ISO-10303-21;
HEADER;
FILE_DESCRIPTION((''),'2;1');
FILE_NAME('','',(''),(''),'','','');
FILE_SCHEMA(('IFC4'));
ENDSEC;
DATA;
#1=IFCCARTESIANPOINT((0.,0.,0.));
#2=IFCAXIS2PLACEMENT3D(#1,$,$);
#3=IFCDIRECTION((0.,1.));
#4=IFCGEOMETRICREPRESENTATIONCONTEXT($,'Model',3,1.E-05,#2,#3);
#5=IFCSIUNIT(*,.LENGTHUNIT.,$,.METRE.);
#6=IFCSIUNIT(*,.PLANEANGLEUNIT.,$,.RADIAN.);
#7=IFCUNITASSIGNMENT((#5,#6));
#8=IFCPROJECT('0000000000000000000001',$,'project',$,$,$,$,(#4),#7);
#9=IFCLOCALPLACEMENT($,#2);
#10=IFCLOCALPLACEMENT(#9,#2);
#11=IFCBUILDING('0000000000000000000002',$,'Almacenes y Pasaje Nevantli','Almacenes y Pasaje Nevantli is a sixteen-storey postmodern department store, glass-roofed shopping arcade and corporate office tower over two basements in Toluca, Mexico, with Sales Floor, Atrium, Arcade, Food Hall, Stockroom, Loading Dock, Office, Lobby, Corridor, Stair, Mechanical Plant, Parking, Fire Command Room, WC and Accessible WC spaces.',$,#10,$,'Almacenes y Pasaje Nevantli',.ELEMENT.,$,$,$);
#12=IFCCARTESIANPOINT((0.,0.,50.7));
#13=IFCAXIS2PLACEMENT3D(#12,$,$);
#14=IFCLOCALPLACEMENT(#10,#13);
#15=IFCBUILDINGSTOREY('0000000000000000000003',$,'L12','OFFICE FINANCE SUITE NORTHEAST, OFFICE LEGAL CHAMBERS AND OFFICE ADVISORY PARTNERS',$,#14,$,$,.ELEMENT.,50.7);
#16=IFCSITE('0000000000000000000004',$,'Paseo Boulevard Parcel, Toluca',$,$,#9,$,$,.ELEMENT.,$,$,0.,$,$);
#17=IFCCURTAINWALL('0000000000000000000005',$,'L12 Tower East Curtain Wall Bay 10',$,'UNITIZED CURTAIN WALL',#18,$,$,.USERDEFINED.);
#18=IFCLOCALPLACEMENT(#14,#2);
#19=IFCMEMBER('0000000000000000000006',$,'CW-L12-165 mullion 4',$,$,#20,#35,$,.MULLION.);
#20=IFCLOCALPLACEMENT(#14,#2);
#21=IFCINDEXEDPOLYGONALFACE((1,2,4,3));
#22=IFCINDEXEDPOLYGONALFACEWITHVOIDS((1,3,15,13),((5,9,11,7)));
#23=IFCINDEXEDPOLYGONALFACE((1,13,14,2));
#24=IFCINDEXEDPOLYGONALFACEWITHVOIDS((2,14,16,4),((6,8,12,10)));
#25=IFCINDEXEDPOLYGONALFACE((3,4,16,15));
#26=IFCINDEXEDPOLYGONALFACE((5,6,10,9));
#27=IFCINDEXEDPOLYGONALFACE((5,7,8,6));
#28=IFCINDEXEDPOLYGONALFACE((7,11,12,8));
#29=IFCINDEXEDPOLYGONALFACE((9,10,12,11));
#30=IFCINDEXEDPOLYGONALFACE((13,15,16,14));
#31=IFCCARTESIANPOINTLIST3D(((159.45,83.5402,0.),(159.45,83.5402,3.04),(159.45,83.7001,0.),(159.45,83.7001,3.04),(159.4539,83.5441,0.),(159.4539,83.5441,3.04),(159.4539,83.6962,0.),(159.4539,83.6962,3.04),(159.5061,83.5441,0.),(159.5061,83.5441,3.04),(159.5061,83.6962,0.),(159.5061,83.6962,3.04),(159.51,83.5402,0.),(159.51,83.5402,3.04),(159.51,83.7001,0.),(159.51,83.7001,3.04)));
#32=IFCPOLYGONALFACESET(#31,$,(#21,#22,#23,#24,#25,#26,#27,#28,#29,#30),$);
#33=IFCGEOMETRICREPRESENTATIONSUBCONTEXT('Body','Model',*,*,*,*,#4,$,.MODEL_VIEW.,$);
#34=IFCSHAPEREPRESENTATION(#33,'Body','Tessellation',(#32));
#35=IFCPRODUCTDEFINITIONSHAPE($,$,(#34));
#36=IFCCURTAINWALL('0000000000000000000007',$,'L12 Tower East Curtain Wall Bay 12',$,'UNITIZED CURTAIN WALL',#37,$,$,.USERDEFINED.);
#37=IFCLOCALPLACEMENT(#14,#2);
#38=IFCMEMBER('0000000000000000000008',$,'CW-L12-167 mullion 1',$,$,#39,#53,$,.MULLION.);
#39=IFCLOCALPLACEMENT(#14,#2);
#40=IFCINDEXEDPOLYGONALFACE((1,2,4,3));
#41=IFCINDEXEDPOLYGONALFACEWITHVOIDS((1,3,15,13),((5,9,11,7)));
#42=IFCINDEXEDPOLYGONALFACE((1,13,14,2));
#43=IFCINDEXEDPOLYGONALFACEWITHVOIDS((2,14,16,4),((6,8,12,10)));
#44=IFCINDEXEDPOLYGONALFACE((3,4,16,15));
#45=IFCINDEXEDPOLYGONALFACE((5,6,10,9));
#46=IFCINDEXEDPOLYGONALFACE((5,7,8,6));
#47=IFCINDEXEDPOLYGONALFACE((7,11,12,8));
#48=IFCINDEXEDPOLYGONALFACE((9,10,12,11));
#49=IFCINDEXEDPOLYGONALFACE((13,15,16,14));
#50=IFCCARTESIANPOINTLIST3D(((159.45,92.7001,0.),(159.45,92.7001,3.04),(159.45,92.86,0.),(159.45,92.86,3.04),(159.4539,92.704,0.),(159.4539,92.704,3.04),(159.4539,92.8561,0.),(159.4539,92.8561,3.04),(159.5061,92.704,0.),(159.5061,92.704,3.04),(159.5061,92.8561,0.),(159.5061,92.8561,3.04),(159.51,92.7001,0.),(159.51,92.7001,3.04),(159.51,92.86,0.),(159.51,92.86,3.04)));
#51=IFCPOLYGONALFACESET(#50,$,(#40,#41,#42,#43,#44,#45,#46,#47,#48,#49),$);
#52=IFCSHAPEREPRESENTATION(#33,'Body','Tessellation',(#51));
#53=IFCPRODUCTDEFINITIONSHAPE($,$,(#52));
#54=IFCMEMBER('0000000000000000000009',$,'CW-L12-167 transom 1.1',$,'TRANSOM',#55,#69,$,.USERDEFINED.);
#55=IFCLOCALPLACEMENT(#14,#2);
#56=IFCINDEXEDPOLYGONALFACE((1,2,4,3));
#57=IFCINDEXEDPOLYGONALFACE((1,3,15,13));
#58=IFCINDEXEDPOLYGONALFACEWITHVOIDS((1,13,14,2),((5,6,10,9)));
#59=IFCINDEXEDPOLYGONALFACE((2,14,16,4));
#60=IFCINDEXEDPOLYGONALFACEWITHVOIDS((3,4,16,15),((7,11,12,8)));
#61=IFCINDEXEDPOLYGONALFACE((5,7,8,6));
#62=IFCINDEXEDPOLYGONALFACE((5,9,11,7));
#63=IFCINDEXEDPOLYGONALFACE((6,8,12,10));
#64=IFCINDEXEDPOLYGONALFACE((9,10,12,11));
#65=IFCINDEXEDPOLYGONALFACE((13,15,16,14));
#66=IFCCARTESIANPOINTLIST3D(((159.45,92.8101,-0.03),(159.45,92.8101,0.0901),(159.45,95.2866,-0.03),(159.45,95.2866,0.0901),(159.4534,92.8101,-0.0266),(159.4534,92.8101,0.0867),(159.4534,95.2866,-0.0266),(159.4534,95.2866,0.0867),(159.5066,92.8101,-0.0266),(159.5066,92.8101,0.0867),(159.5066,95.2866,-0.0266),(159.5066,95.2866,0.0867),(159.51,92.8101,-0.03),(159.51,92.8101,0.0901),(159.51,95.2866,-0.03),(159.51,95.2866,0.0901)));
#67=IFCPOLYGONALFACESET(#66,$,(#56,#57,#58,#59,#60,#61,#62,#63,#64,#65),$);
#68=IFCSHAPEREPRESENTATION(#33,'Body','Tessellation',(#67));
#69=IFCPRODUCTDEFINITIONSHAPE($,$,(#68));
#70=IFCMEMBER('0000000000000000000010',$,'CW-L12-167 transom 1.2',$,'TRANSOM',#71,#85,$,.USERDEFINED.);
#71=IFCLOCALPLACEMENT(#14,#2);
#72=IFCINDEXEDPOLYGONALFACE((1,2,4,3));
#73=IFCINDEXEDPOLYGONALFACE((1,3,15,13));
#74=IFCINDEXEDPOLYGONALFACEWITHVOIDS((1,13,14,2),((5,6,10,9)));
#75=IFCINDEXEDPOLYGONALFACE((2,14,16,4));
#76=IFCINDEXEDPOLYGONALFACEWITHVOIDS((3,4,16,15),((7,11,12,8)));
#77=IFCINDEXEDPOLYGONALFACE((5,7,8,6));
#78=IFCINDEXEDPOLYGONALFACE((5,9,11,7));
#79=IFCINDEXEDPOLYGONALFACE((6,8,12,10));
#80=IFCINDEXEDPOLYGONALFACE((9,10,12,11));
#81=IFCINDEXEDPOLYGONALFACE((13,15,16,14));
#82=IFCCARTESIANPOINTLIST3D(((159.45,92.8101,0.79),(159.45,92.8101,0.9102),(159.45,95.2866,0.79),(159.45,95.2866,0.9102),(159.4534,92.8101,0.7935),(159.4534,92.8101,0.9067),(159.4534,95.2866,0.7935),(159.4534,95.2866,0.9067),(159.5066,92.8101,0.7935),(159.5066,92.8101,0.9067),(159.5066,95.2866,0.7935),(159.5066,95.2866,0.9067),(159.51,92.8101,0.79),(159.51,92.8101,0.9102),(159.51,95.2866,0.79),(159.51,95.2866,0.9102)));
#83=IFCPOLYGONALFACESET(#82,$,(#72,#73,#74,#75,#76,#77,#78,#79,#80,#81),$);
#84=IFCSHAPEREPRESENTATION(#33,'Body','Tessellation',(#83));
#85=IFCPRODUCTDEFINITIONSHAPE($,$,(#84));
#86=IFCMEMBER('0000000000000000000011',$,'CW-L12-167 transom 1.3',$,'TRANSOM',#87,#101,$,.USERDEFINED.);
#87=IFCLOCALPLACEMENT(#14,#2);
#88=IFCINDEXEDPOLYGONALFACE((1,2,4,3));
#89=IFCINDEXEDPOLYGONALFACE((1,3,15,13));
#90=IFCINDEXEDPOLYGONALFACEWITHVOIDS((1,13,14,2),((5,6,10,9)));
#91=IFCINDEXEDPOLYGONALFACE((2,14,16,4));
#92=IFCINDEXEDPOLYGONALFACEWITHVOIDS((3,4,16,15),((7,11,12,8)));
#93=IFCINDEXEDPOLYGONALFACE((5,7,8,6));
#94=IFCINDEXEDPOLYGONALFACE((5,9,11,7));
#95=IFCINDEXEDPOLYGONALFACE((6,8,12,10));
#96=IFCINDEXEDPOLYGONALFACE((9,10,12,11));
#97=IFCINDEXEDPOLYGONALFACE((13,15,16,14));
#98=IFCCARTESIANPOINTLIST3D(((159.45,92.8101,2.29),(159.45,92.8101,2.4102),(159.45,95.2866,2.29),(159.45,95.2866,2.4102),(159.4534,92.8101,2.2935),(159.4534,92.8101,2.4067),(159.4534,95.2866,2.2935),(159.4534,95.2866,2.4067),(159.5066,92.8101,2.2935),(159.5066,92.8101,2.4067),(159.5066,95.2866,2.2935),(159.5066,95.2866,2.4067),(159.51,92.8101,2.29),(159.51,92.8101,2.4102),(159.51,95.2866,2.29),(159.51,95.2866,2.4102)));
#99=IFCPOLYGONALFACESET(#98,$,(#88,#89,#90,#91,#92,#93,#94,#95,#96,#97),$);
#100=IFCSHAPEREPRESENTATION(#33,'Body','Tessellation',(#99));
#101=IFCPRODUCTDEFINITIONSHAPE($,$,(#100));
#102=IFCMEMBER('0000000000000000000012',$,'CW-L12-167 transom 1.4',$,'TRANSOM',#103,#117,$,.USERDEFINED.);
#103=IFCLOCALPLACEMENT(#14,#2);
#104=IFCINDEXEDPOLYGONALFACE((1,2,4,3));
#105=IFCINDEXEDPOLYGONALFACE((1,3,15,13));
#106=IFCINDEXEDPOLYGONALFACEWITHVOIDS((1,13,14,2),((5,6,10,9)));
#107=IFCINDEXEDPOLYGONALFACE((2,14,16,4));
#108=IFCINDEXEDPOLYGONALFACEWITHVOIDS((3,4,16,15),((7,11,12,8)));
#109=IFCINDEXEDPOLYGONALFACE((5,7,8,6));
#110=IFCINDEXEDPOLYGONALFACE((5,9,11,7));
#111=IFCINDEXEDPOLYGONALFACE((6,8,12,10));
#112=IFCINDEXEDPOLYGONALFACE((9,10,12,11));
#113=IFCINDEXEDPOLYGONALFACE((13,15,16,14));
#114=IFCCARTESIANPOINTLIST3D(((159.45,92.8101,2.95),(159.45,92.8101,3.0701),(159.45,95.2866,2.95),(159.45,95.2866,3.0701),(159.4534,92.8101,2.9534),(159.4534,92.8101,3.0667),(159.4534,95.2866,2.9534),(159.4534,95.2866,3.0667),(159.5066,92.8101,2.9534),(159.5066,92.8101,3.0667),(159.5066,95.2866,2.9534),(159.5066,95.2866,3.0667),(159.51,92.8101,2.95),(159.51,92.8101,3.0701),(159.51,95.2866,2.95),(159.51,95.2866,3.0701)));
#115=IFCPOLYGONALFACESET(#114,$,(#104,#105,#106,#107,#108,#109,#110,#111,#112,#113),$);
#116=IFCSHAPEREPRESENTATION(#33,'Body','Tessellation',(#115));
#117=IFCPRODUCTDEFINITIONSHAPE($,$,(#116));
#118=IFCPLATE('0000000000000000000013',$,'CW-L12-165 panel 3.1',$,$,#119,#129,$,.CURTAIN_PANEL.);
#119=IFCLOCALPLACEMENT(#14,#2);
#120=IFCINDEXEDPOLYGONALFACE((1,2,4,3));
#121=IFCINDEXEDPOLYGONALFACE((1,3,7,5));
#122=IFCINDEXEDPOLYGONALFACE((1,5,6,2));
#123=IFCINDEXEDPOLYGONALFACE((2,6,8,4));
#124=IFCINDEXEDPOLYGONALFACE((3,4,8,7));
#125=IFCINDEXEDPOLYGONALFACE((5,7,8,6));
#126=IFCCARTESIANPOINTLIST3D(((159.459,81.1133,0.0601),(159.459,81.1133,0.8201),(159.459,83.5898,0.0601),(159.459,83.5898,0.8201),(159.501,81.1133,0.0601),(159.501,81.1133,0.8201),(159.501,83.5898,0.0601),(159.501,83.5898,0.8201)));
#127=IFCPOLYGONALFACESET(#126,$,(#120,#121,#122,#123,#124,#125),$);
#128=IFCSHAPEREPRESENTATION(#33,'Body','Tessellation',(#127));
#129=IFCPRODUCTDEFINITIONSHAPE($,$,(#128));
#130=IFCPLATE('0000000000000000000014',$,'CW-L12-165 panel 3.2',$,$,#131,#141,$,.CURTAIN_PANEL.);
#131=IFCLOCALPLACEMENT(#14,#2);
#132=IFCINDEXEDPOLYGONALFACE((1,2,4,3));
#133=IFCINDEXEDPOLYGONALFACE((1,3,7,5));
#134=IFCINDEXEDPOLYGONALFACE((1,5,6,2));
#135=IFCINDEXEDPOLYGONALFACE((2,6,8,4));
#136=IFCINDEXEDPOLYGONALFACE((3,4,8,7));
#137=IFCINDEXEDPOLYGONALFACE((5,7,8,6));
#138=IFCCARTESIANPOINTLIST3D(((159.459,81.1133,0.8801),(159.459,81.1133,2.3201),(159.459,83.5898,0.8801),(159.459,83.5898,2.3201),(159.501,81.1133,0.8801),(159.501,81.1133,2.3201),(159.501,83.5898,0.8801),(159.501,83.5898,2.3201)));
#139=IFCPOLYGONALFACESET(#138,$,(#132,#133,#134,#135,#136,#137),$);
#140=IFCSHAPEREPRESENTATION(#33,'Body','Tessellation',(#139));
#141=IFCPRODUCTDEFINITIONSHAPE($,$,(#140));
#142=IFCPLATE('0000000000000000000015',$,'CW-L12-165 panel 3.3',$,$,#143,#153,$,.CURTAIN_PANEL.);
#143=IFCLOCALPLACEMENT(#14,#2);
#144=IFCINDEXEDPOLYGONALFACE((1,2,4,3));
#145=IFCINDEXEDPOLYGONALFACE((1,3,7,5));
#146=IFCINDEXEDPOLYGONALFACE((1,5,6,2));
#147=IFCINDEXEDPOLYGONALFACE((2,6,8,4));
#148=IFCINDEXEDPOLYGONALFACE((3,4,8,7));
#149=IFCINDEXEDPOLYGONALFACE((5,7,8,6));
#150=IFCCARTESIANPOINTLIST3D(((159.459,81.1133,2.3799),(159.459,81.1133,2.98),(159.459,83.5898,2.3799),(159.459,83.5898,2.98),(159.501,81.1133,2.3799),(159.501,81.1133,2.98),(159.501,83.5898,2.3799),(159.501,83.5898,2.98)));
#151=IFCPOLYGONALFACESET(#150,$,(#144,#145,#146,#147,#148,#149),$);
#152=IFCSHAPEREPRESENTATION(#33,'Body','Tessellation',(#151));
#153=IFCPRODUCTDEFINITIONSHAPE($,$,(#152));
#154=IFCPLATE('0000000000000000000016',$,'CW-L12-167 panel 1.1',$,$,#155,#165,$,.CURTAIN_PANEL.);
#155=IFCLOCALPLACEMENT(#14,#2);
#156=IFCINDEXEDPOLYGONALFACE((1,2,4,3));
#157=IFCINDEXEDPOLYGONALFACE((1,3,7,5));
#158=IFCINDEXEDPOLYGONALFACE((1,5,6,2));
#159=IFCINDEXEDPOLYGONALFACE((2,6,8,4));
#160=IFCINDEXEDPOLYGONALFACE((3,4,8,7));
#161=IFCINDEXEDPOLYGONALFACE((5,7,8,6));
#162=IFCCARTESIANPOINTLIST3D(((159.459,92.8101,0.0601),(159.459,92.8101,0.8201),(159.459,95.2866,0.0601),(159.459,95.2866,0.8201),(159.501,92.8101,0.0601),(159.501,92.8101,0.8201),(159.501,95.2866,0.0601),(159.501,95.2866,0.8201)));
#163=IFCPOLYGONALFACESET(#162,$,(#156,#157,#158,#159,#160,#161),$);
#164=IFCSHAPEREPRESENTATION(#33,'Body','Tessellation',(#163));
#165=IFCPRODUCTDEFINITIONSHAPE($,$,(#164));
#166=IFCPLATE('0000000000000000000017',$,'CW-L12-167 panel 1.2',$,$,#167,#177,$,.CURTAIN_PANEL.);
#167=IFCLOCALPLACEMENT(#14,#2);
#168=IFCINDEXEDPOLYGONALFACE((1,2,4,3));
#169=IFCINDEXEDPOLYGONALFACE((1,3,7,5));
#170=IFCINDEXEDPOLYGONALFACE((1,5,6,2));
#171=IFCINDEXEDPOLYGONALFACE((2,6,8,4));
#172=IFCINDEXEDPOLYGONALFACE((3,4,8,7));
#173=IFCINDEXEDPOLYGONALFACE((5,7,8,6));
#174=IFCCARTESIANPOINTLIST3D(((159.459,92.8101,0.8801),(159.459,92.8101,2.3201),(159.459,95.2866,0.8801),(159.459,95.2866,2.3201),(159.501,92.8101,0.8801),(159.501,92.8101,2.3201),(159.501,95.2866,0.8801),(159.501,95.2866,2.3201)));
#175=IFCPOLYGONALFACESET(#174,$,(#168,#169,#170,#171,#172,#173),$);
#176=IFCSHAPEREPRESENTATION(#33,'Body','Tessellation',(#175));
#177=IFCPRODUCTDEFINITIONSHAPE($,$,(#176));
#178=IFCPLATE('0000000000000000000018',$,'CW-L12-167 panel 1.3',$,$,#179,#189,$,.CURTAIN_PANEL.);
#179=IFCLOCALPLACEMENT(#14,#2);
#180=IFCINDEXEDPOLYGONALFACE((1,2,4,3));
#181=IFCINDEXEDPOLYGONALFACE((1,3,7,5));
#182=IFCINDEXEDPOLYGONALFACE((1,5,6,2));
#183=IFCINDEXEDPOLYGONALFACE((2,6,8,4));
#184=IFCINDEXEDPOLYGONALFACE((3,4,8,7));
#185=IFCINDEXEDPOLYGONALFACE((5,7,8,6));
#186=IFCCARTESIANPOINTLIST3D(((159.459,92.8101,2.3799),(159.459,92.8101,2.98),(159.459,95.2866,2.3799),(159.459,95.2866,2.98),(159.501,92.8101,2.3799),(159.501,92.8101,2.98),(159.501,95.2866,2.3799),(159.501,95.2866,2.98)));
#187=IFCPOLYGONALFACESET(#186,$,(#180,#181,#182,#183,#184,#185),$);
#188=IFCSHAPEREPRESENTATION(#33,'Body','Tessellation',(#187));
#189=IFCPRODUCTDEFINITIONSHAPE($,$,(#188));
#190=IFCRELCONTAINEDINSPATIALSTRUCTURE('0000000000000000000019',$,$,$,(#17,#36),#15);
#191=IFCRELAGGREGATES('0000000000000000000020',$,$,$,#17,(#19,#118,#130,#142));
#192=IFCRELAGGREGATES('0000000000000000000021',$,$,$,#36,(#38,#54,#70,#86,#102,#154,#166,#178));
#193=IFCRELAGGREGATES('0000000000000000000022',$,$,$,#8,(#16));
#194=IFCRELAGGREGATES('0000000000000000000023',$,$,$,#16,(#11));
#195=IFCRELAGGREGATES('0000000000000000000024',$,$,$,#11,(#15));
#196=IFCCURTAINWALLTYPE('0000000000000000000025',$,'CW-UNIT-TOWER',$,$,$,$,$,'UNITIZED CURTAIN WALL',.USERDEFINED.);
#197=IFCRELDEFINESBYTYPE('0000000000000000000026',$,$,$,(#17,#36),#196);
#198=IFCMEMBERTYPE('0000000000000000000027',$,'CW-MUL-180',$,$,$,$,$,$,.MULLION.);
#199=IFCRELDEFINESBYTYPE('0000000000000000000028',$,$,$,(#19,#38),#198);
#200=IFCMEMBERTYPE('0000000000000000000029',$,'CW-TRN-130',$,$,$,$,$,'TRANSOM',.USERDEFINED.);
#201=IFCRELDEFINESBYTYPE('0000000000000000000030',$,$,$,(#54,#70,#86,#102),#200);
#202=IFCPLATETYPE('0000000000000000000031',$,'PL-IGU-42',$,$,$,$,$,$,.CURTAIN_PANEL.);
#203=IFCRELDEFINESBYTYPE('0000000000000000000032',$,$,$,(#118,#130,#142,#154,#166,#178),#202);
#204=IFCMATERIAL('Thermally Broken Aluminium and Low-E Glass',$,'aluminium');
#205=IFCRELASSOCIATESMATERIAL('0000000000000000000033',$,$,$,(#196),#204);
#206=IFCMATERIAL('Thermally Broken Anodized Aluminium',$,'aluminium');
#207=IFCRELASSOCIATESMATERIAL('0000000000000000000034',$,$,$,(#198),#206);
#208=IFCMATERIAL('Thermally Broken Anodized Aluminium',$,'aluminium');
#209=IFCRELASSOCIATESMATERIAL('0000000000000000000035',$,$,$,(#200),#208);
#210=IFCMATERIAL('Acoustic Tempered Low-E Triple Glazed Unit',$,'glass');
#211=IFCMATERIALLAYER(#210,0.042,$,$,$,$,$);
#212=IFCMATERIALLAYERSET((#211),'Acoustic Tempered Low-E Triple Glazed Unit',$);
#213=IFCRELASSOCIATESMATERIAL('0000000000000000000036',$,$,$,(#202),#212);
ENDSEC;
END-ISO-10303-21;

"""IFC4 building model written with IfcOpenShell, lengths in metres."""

from ifc_helpers import new_model, si_unit, direction, frame, origin, origin_2d, place, context, subcontext, project, spatial, rectangle, hollow_rectangle, extrude, material, layer, layer_set, material_profile, profile_set, type_object, element, aggregate, save


model = new_model("IFC4")

# Units and contexts
model_context = context("Model", 3, precision=1e-05, world=origin(), true_north=direction((0.0, 1.0)))
body_context = subcontext(model_context, "Body", "Model", "MODEL_VIEW")
ifc_project = project(units=[si_unit("LENGTHUNIT", "METRE"), si_unit("PLANEANGLEUNIT", "RADIAN")], contexts=[model_context])

# Site, building, storey
site_placement = place(None, origin())
site = spatial("IfcSite", under=ifc_project, at=site_placement, Name="Paseo Boulevard Parcel, Toluca", CompositionType="ELEMENT", RefElevation=0.0)
building_placement = place(site_placement, origin())
building = spatial("IfcBuilding", under=site, at=building_placement, Name="Almacenes y Pasaje Nevantli", Description="Almacenes y Pasaje Nevantli is a sixteen-storey postmodern department store, glass-roofed shopping arcade and corporate office tower over two basements in Toluca, Mexico, with Sales Floor, Atrium, Arcade, Food Hall, Stockroom, Loading Dock, Office, Lobby, Corridor, Stair, Mechanical Plant, Parking, Fire Command Room, WC and Accessible WC spaces.", LongName="Almacenes y Pasaje Nevantli", CompositionType="ELEMENT")
storey_placement = place(building_placement, frame((0.0, 0.0, 50.7)))
storey = spatial("IfcBuildingStorey", under=building, at=storey_placement, Name="L12", Description="OFFICE FINANCE SUITE NORTHEAST, OFFICE LEGAL CHAMBERS AND OFFICE ADVISORY PARTNERS", CompositionType="ELEMENT", Elevation=50.7)

# Curtain wall, member
ifc_material_1 = material(Name="Thermally Broken Aluminium and Low-E Glass", Category="aluminium")
curtain_wall_type = type_object("IfcCurtainWallType", Name="CW-UNIT-TOWER", ElementType="UNITIZED CURTAIN WALL", PredefinedType="USERDEFINED", material=ifc_material_1)
curtain_wall_1_placement = place(storey_placement, origin())
curtain_wall_1 = element("IfcCurtainWall", 1, at=curtain_wall_1_placement, inside=storey, type_object=curtain_wall_type, Name="L12 Tower East Curtain Wall Bay 10", ObjectType="UNITIZED CURTAIN WALL", PredefinedType="USERDEFINED")
ifc_material_2 = material(Name="Thermally Broken Anodized Aluminium", Category="aluminium")
ifc_material_profile_1 = material_profile(ifc_material_2, hollow_rectangle(XDim=0.0601, YDim=0.1599, WallThickness=0.0039, at=origin_2d()), Name="ALU-MUL-60x160")
ifc_profile_set_1 = profile_set([ifc_material_profile_1], Name="Thermally Broken Anodized Aluminium")
member_type_1 = type_object("IfcMemberType", Name="CW-MUL-180", PredefinedType="MULLION", material=ifc_profile_set_1)
member_1_placement = place(storey_placement, frame((159.48, 83.6201, 0.0), z_axis=(0.0, 0.0, 1.0), x_axis=(-1.0, 0.0, 0.0)))
member_1 = element("IfcMember", 2, at=member_1_placement, type_object=member_type_1, Name="CW-L12-165 mullion 4", PredefinedType="MULLION", context=body_context, shape_type="SweptSolid", body=[
    extrude(hollow_rectangle(XDim=0.0601, YDim=0.1599, WallThickness=0.0039, at=origin_2d()), origin(), (0.0, 0.0, 1.0), 3.04),
])

# Curtain wall, members
curtain_wall_2_placement = place(storey_placement, origin())
curtain_wall_2 = element("IfcCurtainWall", 3, at=curtain_wall_2_placement, inside=storey, type_object=curtain_wall_type, Name="L12 Tower East Curtain Wall Bay 12", ObjectType="UNITIZED CURTAIN WALL", PredefinedType="USERDEFINED")
member_2_placement = place(storey_placement, frame((159.48, 92.78, 0.0), z_axis=(0.0, 0.0, 1.0), x_axis=(-1.0, 0.0, 0.0)))
member_2 = element("IfcMember", 4, at=member_2_placement, type_object=member_type_1, Name="CW-L12-167 mullion 1", PredefinedType="MULLION", context=body_context, shape_type="SweptSolid", body=[
    extrude(hollow_rectangle(XDim=0.0601, YDim=0.1599, WallThickness=0.0039, at=origin_2d()), origin(), (0.0, 0.0, 1.0), 3.04),
])
ifc_material_3 = material(Name="Thermally Broken Anodized Aluminium", Category="aluminium")
ifc_material_profile_2 = material_profile(ifc_material_3, hollow_rectangle(XDim=0.0601, YDim=0.1201, WallThickness=0.0034, at=origin_2d()), Name="ALU-TRN-60x120")
ifc_profile_set_2 = profile_set([ifc_material_profile_2], Name="Thermally Broken Anodized Aluminium")
member_type_2 = type_object("IfcMemberType", Name="CW-TRN-130", ElementType="TRANSOM", PredefinedType="USERDEFINED", material=ifc_profile_set_2)
member_3_placement = place(storey_placement, frame((159.48, 92.8101, 0.03), z_axis=(0.0, 1.0, 0.0), x_axis=(-1.0, 0.0, 0.0)))
member_3 = element("IfcMember", 5, at=member_3_placement, type_object=member_type_2, Name="CW-L12-167 transom 1.1", ObjectType="TRANSOM", PredefinedType="USERDEFINED", context=body_context, shape_type="SweptSolid", body=[
    extrude(hollow_rectangle(XDim=0.0601, YDim=0.1201, WallThickness=0.0034, at=origin_2d()), origin(), (0.0, 0.0, 1.0), 2.4766),
])
member_4_placement = place(storey_placement, frame((159.48, 92.8101, 0.8501), z_axis=(0.0, 1.0, 0.0), x_axis=(-1.0, 0.0, 0.0)))
member_4 = element("IfcMember", 6, at=member_4_placement, type_object=member_type_2, Name="CW-L12-167 transom 1.2", ObjectType="TRANSOM", PredefinedType="USERDEFINED", context=body_context, shape_type="SweptSolid", body=[
    extrude(hollow_rectangle(XDim=0.0601, YDim=0.1201, WallThickness=0.0034, at=origin_2d()), origin(), (0.0, 0.0, 1.0), 2.4766),
])
member_5_placement = place(storey_placement, frame((159.48, 92.8101, 2.3501), z_axis=(0.0, 1.0, 0.0), x_axis=(-1.0, 0.0, 0.0)))
member_5 = element("IfcMember", 7, at=member_5_placement, type_object=member_type_2, Name="CW-L12-167 transom 1.3", ObjectType="TRANSOM", PredefinedType="USERDEFINED", context=body_context, shape_type="SweptSolid", body=[
    extrude(hollow_rectangle(XDim=0.0601, YDim=0.1201, WallThickness=0.0034, at=origin_2d()), origin(), (0.0, 0.0, 1.0), 2.4766),
])
member_6_placement = place(storey_placement, frame((159.48, 92.8101, 3.01), z_axis=(0.0, 1.0, 0.0), x_axis=(-1.0, 0.0, 0.0)))
member_6 = element("IfcMember", 8, at=member_6_placement, type_object=member_type_2, Name="CW-L12-167 transom 1.4", ObjectType="TRANSOM", PredefinedType="USERDEFINED", context=body_context, shape_type="SweptSolid", body=[
    extrude(hollow_rectangle(XDim=0.0601, YDim=0.1201, WallThickness=0.0034, at=origin_2d()), origin(), (0.0, 0.0, 1.0), 2.4766),
])

# Plates
ifc_material_4 = material(Name="Acoustic Tempered Low-E Triple Glazed Unit", Category="glass")
ifc_layer_1 = layer(ifc_material_4, 0.042)
ifc_layer_set_1 = layer_set([ifc_layer_1], Name="Acoustic Tempered Low-E Triple Glazed Unit")
plate_type = type_object("IfcPlateType", Name="PL-IGU-42", PredefinedType="CURTAIN_PANEL", material=ifc_layer_set_1)
plate_1_placement = place(storey_placement, frame((159.48, 82.3516, 0.0601), z_axis=(0.0, 0.0, 1.0), x_axis=(0.0, 1.0, 0.0)))
plate_1 = element("IfcPlate", 9, at=plate_1_placement, type_object=plate_type, Name="CW-L12-165 panel 3.1", PredefinedType="CURTAIN_PANEL", context=body_context, shape_type="SweptSolid", body=[
    extrude(rectangle(XDim=2.4766, YDim=0.042, at=origin_2d()), origin(), (0.0, 0.0, 1.0), 0.76),
])
plate_2_placement = place(storey_placement, frame((159.48, 82.3516, 0.8801), z_axis=(0.0, 0.0, 1.0), x_axis=(0.0, 1.0, 0.0)))
plate_2 = element("IfcPlate", 10, at=plate_2_placement, type_object=plate_type, Name="CW-L12-165 panel 3.2", PredefinedType="CURTAIN_PANEL", context=body_context, shape_type="SweptSolid", body=[
    extrude(rectangle(XDim=2.4766, YDim=0.042, at=origin_2d()), origin(), (0.0, 0.0, 1.0), 1.4399),
])
plate_3_placement = place(storey_placement, frame((159.48, 82.3516, 2.3799), z_axis=(0.0, 0.0, 1.0), x_axis=(0.0, 1.0, 0.0)))
plate_3 = element("IfcPlate", 11, at=plate_3_placement, type_object=plate_type, Name="CW-L12-165 panel 3.3", PredefinedType="CURTAIN_PANEL", context=body_context, shape_type="SweptSolid", body=[
    extrude(rectangle(XDim=2.4766, YDim=0.042, at=origin_2d()), origin(), (0.0, 0.0, 1.0), 0.6001),
])
aggregate(curtain_wall_1, [member_1, plate_1, plate_2, plate_3])
plate_4_placement = place(storey_placement, frame((159.48, 94.0483, 0.0601), z_axis=(0.0, 0.0, 1.0), x_axis=(0.0, 1.0, 0.0)))
plate_4 = element("IfcPlate", 12, at=plate_4_placement, type_object=plate_type, Name="CW-L12-167 panel 1.1", PredefinedType="CURTAIN_PANEL", context=body_context, shape_type="SweptSolid", body=[
    extrude(rectangle(XDim=2.4766, YDim=0.042, at=origin_2d()), origin(), (0.0, 0.0, 1.0), 0.76),
])
plate_5_placement = place(storey_placement, frame((159.48, 94.0483, 0.8801), z_axis=(0.0, 0.0, 1.0), x_axis=(0.0, 1.0, 0.0)))
plate_5 = element("IfcPlate", 13, at=plate_5_placement, type_object=plate_type, Name="CW-L12-167 panel 1.2", PredefinedType="CURTAIN_PANEL", context=body_context, shape_type="SweptSolid", body=[
    extrude(rectangle(XDim=2.4766, YDim=0.042, at=origin_2d()), origin(), (0.0, 0.0, 1.0), 1.4399),
])
plate_6_placement = place(storey_placement, frame((159.48, 94.0483, 2.3799), z_axis=(0.0, 0.0, 1.0), x_axis=(0.0, 1.0, 0.0)))
plate_6 = element("IfcPlate", 14, at=plate_6_placement, type_object=plate_type, Name="CW-L12-167 panel 1.3", PredefinedType="CURTAIN_PANEL", context=body_context, shape_type="SweptSolid", body=[
    extrude(rectangle(XDim=2.4766, YDim=0.042, at=origin_2d()), origin(), (0.0, 0.0, 1.0), 0.6001),
])
aggregate(curtain_wall_2, [member_2, member_3, member_4, member_5, member_6, plate_4, plate_5, plate_6])

save(model, "model.ifc")
